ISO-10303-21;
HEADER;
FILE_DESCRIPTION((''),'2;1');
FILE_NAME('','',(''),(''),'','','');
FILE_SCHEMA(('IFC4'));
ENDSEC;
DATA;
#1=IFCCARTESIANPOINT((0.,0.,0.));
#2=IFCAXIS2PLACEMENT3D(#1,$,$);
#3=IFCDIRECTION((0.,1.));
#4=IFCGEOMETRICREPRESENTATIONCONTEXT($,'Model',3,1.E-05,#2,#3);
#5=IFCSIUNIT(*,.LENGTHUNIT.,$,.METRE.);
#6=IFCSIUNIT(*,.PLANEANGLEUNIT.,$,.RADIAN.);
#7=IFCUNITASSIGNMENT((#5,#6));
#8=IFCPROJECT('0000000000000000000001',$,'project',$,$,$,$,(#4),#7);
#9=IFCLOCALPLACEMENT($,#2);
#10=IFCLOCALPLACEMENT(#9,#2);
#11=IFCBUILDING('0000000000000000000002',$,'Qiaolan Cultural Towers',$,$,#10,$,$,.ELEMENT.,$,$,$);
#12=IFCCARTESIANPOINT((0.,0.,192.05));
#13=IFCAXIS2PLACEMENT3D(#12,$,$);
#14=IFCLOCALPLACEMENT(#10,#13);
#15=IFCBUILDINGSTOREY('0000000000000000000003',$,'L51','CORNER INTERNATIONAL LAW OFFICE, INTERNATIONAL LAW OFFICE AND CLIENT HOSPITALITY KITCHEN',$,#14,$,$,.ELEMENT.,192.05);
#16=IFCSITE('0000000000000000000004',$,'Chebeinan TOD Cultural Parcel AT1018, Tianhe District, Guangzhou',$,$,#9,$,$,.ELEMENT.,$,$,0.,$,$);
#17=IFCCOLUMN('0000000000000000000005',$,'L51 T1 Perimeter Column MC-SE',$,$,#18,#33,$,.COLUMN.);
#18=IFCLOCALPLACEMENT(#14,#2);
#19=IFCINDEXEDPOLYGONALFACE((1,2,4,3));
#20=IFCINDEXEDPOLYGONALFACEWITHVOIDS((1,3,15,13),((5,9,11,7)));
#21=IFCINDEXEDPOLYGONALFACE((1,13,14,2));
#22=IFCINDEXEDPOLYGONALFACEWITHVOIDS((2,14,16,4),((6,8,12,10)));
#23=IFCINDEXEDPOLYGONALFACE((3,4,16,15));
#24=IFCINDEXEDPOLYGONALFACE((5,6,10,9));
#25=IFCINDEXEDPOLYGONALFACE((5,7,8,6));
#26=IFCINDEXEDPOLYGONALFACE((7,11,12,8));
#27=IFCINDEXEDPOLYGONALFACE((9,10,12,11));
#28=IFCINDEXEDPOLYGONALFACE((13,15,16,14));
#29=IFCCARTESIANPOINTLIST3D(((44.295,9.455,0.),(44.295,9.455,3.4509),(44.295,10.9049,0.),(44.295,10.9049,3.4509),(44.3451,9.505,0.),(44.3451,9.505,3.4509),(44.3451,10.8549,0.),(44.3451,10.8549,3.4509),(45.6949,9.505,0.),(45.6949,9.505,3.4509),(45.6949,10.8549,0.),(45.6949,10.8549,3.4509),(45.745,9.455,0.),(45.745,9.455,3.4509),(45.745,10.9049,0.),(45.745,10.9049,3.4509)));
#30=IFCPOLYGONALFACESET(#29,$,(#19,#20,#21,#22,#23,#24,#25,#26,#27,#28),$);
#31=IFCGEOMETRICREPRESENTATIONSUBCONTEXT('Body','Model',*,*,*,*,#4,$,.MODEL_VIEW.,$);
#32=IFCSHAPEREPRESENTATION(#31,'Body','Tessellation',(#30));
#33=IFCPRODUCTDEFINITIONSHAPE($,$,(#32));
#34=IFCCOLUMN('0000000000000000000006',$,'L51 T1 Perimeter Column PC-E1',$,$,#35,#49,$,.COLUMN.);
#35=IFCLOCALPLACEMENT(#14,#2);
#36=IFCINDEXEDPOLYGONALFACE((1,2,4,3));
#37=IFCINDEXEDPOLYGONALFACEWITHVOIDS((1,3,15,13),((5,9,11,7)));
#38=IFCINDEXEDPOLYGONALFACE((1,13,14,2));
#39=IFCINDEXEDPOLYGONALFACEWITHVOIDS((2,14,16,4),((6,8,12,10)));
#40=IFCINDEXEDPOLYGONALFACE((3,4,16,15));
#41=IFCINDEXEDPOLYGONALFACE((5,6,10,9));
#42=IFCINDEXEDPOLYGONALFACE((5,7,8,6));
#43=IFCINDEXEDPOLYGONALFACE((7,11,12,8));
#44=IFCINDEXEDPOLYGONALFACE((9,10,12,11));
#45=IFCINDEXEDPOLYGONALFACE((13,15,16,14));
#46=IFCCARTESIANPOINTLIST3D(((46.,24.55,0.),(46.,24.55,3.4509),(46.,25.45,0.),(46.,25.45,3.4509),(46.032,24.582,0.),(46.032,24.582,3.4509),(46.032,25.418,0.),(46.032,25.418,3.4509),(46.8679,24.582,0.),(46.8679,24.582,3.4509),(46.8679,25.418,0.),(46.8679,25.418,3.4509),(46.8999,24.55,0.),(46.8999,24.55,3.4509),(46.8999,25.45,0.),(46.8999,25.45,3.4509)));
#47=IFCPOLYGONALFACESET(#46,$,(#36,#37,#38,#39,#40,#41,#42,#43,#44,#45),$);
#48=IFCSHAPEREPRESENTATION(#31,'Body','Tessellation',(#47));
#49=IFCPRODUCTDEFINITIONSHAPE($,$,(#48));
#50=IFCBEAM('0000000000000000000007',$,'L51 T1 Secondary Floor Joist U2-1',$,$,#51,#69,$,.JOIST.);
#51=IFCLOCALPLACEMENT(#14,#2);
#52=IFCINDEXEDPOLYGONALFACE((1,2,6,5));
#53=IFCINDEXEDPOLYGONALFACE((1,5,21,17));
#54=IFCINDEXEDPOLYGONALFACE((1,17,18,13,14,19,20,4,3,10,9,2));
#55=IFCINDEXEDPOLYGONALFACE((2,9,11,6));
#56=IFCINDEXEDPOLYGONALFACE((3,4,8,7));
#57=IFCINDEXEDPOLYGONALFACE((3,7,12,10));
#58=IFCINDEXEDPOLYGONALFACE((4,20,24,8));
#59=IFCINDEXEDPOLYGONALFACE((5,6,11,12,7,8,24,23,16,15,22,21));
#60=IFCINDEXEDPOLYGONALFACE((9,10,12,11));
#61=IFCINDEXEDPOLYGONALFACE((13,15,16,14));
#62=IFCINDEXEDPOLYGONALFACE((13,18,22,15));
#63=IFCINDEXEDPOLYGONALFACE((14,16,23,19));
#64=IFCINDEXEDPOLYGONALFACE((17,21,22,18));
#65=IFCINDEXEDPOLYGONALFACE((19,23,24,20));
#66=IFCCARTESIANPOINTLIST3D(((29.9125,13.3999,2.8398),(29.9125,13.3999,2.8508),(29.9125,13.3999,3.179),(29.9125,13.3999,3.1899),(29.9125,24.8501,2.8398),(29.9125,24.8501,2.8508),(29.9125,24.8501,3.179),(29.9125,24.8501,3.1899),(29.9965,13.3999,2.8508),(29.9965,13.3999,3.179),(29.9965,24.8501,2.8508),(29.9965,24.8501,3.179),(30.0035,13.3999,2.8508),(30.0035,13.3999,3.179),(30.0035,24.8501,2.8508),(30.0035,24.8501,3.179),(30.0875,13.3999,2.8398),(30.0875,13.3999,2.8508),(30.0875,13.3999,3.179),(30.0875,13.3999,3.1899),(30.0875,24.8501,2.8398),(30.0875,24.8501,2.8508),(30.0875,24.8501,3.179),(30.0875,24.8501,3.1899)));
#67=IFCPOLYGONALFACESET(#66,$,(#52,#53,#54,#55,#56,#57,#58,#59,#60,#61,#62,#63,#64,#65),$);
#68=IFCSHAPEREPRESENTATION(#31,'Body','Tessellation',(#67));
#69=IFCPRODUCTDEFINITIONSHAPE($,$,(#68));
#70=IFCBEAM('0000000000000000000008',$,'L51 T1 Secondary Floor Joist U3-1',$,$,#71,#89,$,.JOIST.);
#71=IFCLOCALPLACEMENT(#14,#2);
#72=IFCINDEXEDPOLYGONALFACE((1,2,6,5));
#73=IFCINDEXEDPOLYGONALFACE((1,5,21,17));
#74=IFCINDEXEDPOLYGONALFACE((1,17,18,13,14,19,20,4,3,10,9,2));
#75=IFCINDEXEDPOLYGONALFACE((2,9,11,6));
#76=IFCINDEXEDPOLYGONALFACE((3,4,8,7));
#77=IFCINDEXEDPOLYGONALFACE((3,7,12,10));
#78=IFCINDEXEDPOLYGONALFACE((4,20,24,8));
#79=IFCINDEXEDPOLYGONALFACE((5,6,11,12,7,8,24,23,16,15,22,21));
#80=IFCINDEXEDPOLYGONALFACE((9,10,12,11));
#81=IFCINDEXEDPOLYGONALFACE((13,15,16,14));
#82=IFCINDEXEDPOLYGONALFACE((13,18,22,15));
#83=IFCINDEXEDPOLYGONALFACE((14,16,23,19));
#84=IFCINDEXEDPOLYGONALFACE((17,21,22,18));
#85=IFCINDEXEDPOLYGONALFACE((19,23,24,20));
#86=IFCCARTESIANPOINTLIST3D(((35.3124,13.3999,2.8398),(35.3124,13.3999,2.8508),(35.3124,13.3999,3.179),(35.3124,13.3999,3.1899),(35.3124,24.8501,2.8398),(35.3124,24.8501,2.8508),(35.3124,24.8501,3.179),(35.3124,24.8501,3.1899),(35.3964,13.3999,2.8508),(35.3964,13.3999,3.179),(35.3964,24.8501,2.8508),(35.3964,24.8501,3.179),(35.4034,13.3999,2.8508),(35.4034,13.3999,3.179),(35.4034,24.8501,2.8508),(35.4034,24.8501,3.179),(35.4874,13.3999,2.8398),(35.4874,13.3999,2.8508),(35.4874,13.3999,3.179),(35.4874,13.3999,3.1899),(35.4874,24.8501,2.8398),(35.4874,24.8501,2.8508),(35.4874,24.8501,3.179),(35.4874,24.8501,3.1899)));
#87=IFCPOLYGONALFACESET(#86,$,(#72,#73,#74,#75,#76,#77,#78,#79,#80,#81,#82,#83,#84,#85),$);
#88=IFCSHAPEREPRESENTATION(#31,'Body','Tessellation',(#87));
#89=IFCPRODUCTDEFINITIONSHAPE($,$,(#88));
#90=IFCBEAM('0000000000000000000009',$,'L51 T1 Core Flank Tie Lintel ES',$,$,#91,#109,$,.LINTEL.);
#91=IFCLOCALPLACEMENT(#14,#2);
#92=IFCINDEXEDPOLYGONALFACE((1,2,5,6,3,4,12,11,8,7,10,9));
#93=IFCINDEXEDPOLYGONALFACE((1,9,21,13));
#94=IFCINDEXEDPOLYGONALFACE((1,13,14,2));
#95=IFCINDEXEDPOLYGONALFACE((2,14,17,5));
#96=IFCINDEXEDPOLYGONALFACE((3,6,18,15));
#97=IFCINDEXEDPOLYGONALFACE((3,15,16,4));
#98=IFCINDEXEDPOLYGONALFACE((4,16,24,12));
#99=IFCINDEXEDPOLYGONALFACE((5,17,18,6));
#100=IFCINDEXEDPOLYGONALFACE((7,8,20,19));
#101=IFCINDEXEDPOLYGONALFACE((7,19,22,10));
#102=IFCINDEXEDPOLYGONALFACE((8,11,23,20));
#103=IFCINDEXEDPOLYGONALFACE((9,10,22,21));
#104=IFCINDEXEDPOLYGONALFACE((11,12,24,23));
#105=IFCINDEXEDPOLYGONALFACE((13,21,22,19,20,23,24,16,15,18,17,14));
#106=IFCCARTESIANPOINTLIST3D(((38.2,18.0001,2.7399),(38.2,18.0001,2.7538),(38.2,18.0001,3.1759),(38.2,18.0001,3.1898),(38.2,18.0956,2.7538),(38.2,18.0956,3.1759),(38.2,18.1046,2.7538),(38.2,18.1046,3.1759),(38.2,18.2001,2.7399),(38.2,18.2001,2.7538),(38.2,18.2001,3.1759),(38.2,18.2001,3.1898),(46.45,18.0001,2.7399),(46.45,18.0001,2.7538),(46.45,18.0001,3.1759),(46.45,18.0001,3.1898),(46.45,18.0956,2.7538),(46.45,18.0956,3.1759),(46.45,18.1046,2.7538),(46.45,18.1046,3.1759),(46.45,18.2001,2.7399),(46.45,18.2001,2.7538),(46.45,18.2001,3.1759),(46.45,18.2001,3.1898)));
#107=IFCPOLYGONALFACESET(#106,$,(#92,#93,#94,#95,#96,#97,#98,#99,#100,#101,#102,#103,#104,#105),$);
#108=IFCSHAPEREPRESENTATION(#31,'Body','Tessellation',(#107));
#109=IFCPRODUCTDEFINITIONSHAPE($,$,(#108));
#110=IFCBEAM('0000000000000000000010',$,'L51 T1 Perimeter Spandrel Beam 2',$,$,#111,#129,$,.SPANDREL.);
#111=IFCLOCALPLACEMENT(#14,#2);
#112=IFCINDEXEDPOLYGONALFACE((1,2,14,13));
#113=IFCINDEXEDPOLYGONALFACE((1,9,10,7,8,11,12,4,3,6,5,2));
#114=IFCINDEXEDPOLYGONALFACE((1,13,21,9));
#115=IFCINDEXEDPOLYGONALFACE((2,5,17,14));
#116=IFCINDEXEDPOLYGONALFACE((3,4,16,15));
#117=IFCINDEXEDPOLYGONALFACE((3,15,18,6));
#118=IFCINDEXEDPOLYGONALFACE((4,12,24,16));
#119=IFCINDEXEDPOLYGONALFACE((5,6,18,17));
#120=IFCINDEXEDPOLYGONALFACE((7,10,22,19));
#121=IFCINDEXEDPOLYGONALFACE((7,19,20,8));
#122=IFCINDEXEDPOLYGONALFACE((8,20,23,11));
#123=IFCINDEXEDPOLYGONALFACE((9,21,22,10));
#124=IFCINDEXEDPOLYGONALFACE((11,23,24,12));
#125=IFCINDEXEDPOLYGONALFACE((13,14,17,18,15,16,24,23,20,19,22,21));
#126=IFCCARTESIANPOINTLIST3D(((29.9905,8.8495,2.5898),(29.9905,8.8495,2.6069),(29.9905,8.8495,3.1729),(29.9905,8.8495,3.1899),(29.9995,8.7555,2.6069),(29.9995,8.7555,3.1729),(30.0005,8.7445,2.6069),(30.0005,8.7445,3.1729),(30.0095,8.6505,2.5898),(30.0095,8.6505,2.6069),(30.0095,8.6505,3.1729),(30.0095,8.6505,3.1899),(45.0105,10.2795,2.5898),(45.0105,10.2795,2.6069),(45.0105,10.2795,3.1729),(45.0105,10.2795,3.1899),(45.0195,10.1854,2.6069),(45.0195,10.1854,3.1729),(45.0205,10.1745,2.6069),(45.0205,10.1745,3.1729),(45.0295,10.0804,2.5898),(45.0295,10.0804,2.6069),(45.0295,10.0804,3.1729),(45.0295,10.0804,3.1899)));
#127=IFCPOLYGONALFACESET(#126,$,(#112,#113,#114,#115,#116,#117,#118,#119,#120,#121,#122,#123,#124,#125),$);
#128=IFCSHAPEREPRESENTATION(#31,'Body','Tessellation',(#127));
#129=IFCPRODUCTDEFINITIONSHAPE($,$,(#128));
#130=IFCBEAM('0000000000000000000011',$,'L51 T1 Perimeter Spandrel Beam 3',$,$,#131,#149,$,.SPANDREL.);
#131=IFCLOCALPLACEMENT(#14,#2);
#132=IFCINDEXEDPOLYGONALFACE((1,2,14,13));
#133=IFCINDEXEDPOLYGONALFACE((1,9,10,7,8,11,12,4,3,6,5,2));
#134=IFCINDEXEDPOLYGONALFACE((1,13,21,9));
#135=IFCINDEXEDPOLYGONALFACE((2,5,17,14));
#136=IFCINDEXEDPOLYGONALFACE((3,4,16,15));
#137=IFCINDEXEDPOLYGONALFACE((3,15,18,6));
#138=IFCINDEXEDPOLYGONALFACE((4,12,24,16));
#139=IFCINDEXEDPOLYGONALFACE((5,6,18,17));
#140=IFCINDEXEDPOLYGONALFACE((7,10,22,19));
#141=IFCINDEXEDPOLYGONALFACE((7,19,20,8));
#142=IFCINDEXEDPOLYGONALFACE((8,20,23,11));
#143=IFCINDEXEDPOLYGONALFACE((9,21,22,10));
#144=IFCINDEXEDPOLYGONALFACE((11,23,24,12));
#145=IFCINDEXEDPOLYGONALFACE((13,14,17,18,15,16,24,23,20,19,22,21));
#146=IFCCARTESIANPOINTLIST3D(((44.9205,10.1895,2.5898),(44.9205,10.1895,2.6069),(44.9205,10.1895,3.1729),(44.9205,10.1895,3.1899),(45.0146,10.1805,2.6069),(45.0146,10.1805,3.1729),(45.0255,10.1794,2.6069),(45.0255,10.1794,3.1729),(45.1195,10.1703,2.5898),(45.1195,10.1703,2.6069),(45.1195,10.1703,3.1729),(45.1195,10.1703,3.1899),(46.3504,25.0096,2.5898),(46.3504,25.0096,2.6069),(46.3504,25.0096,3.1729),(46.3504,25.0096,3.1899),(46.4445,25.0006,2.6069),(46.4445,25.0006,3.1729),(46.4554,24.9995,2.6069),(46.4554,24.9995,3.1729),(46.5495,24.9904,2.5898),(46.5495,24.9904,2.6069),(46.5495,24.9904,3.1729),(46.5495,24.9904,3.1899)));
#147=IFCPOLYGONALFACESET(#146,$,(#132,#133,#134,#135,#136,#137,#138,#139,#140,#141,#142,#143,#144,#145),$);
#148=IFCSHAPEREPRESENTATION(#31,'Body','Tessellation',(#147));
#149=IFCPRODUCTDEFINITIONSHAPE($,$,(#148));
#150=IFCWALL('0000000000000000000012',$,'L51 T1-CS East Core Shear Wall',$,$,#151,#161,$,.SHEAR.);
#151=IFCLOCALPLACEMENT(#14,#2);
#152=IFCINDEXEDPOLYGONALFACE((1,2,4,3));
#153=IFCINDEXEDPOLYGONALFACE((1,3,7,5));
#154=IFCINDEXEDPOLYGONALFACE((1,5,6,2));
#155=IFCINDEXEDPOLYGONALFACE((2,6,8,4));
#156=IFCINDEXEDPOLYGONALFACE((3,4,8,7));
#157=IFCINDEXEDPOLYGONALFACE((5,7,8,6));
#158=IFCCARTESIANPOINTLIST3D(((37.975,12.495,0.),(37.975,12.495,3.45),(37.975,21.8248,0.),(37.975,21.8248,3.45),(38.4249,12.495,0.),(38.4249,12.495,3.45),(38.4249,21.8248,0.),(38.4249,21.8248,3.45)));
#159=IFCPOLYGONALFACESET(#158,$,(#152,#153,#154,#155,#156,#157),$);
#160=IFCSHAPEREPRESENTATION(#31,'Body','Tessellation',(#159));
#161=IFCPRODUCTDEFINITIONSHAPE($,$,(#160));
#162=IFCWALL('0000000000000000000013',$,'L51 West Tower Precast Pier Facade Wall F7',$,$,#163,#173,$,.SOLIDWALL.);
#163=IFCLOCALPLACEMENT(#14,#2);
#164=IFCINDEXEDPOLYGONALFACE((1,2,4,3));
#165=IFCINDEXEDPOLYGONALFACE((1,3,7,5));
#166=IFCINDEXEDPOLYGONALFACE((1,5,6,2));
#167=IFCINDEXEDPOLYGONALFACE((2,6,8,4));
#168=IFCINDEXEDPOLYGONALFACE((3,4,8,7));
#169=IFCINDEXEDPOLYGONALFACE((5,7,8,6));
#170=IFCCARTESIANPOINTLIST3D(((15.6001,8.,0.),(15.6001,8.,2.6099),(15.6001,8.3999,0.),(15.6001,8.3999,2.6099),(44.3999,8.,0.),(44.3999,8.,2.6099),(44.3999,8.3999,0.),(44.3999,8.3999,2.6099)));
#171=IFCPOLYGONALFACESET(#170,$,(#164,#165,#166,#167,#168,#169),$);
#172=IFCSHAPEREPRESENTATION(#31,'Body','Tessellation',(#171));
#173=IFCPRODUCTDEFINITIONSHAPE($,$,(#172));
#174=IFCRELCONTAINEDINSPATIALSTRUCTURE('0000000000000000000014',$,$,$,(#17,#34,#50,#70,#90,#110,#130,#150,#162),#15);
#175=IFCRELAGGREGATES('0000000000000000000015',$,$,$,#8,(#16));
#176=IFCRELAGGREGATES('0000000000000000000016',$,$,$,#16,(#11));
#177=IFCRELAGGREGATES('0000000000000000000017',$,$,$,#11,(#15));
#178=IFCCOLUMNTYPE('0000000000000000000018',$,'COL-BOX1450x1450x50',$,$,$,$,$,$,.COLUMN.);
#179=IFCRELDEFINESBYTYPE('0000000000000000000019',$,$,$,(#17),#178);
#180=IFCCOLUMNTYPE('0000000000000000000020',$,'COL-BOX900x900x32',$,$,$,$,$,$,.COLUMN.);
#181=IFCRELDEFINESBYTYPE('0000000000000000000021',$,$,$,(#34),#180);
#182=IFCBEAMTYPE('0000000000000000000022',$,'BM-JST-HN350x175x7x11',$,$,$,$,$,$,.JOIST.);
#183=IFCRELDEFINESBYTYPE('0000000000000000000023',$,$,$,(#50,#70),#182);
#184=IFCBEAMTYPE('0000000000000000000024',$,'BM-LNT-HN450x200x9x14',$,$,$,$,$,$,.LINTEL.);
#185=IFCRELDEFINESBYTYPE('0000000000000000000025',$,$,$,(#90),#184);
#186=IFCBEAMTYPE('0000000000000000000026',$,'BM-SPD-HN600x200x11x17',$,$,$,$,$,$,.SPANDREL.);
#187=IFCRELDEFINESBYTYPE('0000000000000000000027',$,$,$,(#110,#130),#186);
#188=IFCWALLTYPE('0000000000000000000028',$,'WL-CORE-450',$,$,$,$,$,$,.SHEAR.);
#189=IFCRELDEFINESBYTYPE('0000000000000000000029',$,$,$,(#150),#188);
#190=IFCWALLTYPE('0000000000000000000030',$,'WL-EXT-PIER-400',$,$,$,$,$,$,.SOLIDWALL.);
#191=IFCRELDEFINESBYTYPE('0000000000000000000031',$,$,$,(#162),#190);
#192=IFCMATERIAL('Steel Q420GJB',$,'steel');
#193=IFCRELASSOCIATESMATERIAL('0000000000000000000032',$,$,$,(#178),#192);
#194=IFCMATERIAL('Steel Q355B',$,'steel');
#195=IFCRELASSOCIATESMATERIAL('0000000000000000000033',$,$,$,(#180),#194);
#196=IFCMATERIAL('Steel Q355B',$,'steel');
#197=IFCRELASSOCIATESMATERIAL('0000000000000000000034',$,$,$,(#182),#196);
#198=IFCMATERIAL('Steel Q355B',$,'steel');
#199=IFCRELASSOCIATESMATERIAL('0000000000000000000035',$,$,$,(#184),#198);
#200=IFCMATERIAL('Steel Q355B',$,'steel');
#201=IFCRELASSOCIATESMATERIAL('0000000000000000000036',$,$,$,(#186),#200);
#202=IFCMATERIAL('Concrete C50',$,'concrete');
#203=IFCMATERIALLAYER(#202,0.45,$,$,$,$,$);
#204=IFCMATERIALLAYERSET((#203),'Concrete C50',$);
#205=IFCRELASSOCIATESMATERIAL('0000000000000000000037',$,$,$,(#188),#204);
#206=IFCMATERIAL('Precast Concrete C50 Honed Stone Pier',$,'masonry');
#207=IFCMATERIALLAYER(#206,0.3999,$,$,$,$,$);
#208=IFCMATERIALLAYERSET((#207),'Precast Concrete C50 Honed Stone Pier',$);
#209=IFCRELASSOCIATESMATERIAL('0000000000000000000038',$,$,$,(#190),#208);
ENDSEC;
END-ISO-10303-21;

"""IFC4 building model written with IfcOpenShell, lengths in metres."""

from ifc_helpers import new_model, si_unit, direction, frame, frame_2d, origin, origin_2d, place, context, subcontext, project, spatial, rectangle, hollow_rectangle, i_section, extrude, material, layer, layer_set, material_profile, profile_set, type_object, element, save


model = new_model("IFC4")

# Units and contexts
model_context = context("Model", 3, precision=1e-05, world=origin(), true_north=direction((0.0, 1.0)))
body_context = subcontext(model_context, "Body", "Model", "MODEL_VIEW")
ifc_project = project(units=[si_unit("LENGTHUNIT", "METRE"), si_unit("PLANEANGLEUNIT", "RADIAN")], contexts=[model_context])

# Site, building, storey
site_placement = place(None, origin())
site = spatial("IfcSite", under=ifc_project, at=site_placement, Name="Chebeinan TOD Cultural Parcel AT1018, Tianhe District, Guangzhou", CompositionType="ELEMENT", RefElevation=0.0)
building_placement = place(site_placement, origin())
building = spatial("IfcBuilding", under=site, at=building_placement, Name="Qiaolan Cultural Towers", CompositionType="ELEMENT")
storey_placement = place(building_placement, frame((0.0, 0.0, 192.05)))
storey = spatial("IfcBuildingStorey", under=building, at=storey_placement, Name="L51", Description="CORNER INTERNATIONAL LAW OFFICE, INTERNATIONAL LAW OFFICE AND CLIENT HOSPITALITY KITCHEN", CompositionType="ELEMENT", Elevation=192.05)

# Columns
ifc_material_1 = material(Name="Steel Q420GJB", Category="steel")
ifc_material_profile_1 = material_profile(ifc_material_1, hollow_rectangle(XDim=1.45, YDim=1.45, WallThickness=0.05, at=origin_2d()), Name="BOX1450x1450x50")
ifc_profile_set_1 = profile_set([ifc_material_profile_1], Name="Steel Q420GJB")
column_type_1 = type_object("IfcColumnType", Name="COL-BOX1450x1450x50", PredefinedType="COLUMN", material=ifc_profile_set_1)
column_1_placement = place(storey_placement, frame((45.02, 10.1799, 0.0), z_axis=(0.0, 0.0, 1.0), x_axis=(1.0, 0.0, 0.0)))
element("IfcColumn", 1, at=column_1_placement, inside=storey, type_object=column_type_1, Name="L51 T1 Perimeter Column MC-SE", PredefinedType="COLUMN", context=body_context, shape_type="SweptSolid", body=[
    extrude(hollow_rectangle(XDim=1.45, YDim=1.45, WallThickness=0.05, at=origin_2d()), origin(), (0.0, 0.0, 1.0), 3.4509),
])
ifc_material_2 = material(Name="Steel Q355B", Category="steel")
ifc_material_profile_2 = material_profile(ifc_material_2, hollow_rectangle(XDim=0.8999, YDim=0.8999, WallThickness=0.032, at=origin_2d()), Name="BOX900x900x32")
ifc_profile_set_2 = profile_set([ifc_material_profile_2], Name="Steel Q355B")
column_type_2 = type_object("IfcColumnType", Name="COL-BOX900x900x32", PredefinedType="COLUMN", material=ifc_profile_set_2)
column_2_placement = place(storey_placement, frame((46.45, 25.0, 0.0), z_axis=(0.0, 0.0, 1.0), x_axis=(1.0, 0.0, 0.0)))
element("IfcColumn", 2, at=column_2_placement, inside=storey, type_object=column_type_2, Name="L51 T1 Perimeter Column PC-E1", PredefinedType="COLUMN", context=body_context, shape_type="SweptSolid", body=[
    extrude(hollow_rectangle(XDim=0.8999, YDim=0.8999, WallThickness=0.032, at=origin_2d()), origin(), (0.0, 0.0, 1.0), 3.4509),
])

# Beams
ifc_material_3 = material(Name="Steel Q355B", Category="steel")
ifc_material_profile_3 = material_profile(ifc_material_3, i_section(OverallWidth=0.175, OverallDepth=0.3501, WebThickness=0.0071, FlangeThickness=0.011, at=origin_2d()), Name="HN350x175x7x11")
ifc_profile_set_3 = profile_set([ifc_material_profile_3], Name="Steel Q355B")
beam_type_1 = type_object("IfcBeamType", Name="BM-JST-HN350x175x7x11", PredefinedType="JOIST", material=ifc_profile_set_3)
for number, where, z_axis, x_axis, name in (
    (3, (30.0, 13.3999, 3.0149), (0.0, 1.0, 0.0), (-1.0, 0.0, 0.0), "L51 T1 Secondary Floor Joist U2-1"),
    (4, (35.3999, 13.3999, 3.0149), (0.0, 1.0, 0.0), (-1.0, 0.0, 0.0), "L51 T1 Secondary Floor Joist U3-1"),
):
    element("IfcBeam", number, at=place(storey_placement, frame(where, z_axis=z_axis, x_axis=x_axis)), inside=storey, type_object=beam_type_1, Name=name, PredefinedType="JOIST", context=body_context, shape_type="SweptSolid", body=[
        extrude(i_section(OverallWidth=0.175, OverallDepth=0.3501, WebThickness=0.0071, FlangeThickness=0.011, at=origin_2d()), origin(), (0.0, 0.0, 1.0), 11.4502),
    ])
ifc_material_4 = material(Name="Steel Q355B", Category="steel")
ifc_material_profile_4 = material_profile(ifc_material_4, i_section(OverallWidth=0.2, OverallDepth=0.45, WebThickness=0.009, FlangeThickness=0.0139, at=origin_2d()), Name="HN450x200x9x14")
ifc_profile_set_4 = profile_set([ifc_material_profile_4], Name="Steel Q355B")
beam_type_2 = type_object("IfcBeamType", Name="BM-LNT-HN450x200x9x14", PredefinedType="LINTEL", material=ifc_profile_set_4)
beam_1_placement = place(storey_placement, frame((38.2, 18.1001, 2.9648), z_axis=(1.0, 0.0, 0.0), x_axis=(0.0, 1.0, 0.0)))
element("IfcBeam", 5, at=beam_1_placement, inside=storey, type_object=beam_type_2, Name="L51 T1 Core Flank Tie Lintel ES", PredefinedType="LINTEL", context=body_context, shape_type="SweptSolid", body=[
    extrude(i_section(OverallWidth=0.2, OverallDepth=0.45, WebThickness=0.009, FlangeThickness=0.0139, at=origin_2d()), origin(), (0.0, 0.0, 1.0), 8.25),
])
ifc_material_5 = material(Name="Steel Q355B", Category="steel")
ifc_material_profile_5 = material_profile(ifc_material_5, i_section(OverallWidth=0.2, OverallDepth=0.6001, WebThickness=0.011, FlangeThickness=0.0171, at=origin_2d()), Name="HN600x200x11x17")
ifc_profile_set_5 = profile_set([ifc_material_profile_5], Name="Steel Q355B")
beam_type_3 = type_object("IfcBeamType", Name="BM-SPD-HN600x200x11x17", PredefinedType="SPANDREL", material=ifc_profile_set_5)
beam_2_placement = place(storey_placement, frame((30.0, 8.75, 2.8899), z_axis=(0.995499, 0.094773, 0.0), x_axis=(-0.094773, 0.995499, 0.0)))
element("IfcBeam", 6, at=beam_2_placement, inside=storey, type_object=beam_type_3, Name="L51 T1 Perimeter Spandrel Beam 2", PredefinedType="SPANDREL", context=body_context, shape_type="SweptSolid", body=[
    extrude(i_section(OverallWidth=0.2, OverallDepth=0.6001, WebThickness=0.011, FlangeThickness=0.0171, at=origin_2d()), origin(), (0.0, 0.0, 1.0), 15.0879),
])
beam_3_placement = place(storey_placement, frame((45.02, 10.1799, 2.8899), z_axis=(0.09604, 0.995377, 0.0), x_axis=(-0.995377, 0.09604, 0.0)))
element("IfcBeam", 7, at=beam_3_placement, inside=storey, type_object=beam_type_3, Name="L51 T1 Perimeter Spandrel Beam 3", PredefinedType="SPANDREL", context=body_context, shape_type="SweptSolid", body=[
    extrude(i_section(OverallWidth=0.2, OverallDepth=0.6001, WebThickness=0.011, FlangeThickness=0.0171, at=origin_2d()), origin(), (0.0, 0.0, 1.0), 14.8889),
])

# Walls
ifc_material_6 = material(Name="Concrete C50", Category="concrete")
ifc_layer_1 = layer(ifc_material_6, 0.45)
ifc_layer_set_1 = layer_set([ifc_layer_1], Name="Concrete C50")
wall_type_1 = type_object("IfcWallType", Name="WL-CORE-450", PredefinedType="SHEAR", material=ifc_layer_set_1)
wall_1_placement = place(storey_placement, frame((38.2, 21.825, 0.0), z_axis=(0.0, 0.0, 1.0), x_axis=(0.0, -1.0, 0.0)))
element("IfcWall", 8, at=wall_1_placement, inside=storey, type_object=wall_type_1, Name="L51 T1-CS East Core Shear Wall", PredefinedType="SHEAR", context=body_context, shape_type="SweptSolid", body=[
    extrude(rectangle(XDim=9.3298, YDim=0.45, at=frame_2d((4.665, 0.0))), origin(), (0.0, 0.0, 1.0), 3.45),
])
ifc_material_7 = material(Name="Precast Concrete C50 Honed Stone Pier", Category="masonry")
ifc_layer_2 = layer(ifc_material_7, 0.3999)
ifc_layer_set_2 = layer_set([ifc_layer_2], Name="Precast Concrete C50 Honed Stone Pier")
wall_type_2 = type_object("IfcWallType", Name="WL-EXT-PIER-400", PredefinedType="SOLIDWALL", material=ifc_layer_set_2)
wall_2_placement = place(storey_placement, frame((44.3999, 8.2, 0.0), z_axis=(0.0, 0.0, 1.0), x_axis=(-1.0, 0.0, 0.0)))
element("IfcWall", 9, at=wall_2_placement, inside=storey, type_object=wall_type_2, Name="L51 West Tower Precast Pier Facade Wall F7", PredefinedType="SOLIDWALL", context=body_context, shape_type="SweptSolid", body=[
    extrude(rectangle(XDim=28.7998, YDim=0.3999, at=frame_2d((14.3999, 0.0))), origin(), (0.0, 0.0, 1.0), 2.6099),
])

save(model, "model.ifc")
